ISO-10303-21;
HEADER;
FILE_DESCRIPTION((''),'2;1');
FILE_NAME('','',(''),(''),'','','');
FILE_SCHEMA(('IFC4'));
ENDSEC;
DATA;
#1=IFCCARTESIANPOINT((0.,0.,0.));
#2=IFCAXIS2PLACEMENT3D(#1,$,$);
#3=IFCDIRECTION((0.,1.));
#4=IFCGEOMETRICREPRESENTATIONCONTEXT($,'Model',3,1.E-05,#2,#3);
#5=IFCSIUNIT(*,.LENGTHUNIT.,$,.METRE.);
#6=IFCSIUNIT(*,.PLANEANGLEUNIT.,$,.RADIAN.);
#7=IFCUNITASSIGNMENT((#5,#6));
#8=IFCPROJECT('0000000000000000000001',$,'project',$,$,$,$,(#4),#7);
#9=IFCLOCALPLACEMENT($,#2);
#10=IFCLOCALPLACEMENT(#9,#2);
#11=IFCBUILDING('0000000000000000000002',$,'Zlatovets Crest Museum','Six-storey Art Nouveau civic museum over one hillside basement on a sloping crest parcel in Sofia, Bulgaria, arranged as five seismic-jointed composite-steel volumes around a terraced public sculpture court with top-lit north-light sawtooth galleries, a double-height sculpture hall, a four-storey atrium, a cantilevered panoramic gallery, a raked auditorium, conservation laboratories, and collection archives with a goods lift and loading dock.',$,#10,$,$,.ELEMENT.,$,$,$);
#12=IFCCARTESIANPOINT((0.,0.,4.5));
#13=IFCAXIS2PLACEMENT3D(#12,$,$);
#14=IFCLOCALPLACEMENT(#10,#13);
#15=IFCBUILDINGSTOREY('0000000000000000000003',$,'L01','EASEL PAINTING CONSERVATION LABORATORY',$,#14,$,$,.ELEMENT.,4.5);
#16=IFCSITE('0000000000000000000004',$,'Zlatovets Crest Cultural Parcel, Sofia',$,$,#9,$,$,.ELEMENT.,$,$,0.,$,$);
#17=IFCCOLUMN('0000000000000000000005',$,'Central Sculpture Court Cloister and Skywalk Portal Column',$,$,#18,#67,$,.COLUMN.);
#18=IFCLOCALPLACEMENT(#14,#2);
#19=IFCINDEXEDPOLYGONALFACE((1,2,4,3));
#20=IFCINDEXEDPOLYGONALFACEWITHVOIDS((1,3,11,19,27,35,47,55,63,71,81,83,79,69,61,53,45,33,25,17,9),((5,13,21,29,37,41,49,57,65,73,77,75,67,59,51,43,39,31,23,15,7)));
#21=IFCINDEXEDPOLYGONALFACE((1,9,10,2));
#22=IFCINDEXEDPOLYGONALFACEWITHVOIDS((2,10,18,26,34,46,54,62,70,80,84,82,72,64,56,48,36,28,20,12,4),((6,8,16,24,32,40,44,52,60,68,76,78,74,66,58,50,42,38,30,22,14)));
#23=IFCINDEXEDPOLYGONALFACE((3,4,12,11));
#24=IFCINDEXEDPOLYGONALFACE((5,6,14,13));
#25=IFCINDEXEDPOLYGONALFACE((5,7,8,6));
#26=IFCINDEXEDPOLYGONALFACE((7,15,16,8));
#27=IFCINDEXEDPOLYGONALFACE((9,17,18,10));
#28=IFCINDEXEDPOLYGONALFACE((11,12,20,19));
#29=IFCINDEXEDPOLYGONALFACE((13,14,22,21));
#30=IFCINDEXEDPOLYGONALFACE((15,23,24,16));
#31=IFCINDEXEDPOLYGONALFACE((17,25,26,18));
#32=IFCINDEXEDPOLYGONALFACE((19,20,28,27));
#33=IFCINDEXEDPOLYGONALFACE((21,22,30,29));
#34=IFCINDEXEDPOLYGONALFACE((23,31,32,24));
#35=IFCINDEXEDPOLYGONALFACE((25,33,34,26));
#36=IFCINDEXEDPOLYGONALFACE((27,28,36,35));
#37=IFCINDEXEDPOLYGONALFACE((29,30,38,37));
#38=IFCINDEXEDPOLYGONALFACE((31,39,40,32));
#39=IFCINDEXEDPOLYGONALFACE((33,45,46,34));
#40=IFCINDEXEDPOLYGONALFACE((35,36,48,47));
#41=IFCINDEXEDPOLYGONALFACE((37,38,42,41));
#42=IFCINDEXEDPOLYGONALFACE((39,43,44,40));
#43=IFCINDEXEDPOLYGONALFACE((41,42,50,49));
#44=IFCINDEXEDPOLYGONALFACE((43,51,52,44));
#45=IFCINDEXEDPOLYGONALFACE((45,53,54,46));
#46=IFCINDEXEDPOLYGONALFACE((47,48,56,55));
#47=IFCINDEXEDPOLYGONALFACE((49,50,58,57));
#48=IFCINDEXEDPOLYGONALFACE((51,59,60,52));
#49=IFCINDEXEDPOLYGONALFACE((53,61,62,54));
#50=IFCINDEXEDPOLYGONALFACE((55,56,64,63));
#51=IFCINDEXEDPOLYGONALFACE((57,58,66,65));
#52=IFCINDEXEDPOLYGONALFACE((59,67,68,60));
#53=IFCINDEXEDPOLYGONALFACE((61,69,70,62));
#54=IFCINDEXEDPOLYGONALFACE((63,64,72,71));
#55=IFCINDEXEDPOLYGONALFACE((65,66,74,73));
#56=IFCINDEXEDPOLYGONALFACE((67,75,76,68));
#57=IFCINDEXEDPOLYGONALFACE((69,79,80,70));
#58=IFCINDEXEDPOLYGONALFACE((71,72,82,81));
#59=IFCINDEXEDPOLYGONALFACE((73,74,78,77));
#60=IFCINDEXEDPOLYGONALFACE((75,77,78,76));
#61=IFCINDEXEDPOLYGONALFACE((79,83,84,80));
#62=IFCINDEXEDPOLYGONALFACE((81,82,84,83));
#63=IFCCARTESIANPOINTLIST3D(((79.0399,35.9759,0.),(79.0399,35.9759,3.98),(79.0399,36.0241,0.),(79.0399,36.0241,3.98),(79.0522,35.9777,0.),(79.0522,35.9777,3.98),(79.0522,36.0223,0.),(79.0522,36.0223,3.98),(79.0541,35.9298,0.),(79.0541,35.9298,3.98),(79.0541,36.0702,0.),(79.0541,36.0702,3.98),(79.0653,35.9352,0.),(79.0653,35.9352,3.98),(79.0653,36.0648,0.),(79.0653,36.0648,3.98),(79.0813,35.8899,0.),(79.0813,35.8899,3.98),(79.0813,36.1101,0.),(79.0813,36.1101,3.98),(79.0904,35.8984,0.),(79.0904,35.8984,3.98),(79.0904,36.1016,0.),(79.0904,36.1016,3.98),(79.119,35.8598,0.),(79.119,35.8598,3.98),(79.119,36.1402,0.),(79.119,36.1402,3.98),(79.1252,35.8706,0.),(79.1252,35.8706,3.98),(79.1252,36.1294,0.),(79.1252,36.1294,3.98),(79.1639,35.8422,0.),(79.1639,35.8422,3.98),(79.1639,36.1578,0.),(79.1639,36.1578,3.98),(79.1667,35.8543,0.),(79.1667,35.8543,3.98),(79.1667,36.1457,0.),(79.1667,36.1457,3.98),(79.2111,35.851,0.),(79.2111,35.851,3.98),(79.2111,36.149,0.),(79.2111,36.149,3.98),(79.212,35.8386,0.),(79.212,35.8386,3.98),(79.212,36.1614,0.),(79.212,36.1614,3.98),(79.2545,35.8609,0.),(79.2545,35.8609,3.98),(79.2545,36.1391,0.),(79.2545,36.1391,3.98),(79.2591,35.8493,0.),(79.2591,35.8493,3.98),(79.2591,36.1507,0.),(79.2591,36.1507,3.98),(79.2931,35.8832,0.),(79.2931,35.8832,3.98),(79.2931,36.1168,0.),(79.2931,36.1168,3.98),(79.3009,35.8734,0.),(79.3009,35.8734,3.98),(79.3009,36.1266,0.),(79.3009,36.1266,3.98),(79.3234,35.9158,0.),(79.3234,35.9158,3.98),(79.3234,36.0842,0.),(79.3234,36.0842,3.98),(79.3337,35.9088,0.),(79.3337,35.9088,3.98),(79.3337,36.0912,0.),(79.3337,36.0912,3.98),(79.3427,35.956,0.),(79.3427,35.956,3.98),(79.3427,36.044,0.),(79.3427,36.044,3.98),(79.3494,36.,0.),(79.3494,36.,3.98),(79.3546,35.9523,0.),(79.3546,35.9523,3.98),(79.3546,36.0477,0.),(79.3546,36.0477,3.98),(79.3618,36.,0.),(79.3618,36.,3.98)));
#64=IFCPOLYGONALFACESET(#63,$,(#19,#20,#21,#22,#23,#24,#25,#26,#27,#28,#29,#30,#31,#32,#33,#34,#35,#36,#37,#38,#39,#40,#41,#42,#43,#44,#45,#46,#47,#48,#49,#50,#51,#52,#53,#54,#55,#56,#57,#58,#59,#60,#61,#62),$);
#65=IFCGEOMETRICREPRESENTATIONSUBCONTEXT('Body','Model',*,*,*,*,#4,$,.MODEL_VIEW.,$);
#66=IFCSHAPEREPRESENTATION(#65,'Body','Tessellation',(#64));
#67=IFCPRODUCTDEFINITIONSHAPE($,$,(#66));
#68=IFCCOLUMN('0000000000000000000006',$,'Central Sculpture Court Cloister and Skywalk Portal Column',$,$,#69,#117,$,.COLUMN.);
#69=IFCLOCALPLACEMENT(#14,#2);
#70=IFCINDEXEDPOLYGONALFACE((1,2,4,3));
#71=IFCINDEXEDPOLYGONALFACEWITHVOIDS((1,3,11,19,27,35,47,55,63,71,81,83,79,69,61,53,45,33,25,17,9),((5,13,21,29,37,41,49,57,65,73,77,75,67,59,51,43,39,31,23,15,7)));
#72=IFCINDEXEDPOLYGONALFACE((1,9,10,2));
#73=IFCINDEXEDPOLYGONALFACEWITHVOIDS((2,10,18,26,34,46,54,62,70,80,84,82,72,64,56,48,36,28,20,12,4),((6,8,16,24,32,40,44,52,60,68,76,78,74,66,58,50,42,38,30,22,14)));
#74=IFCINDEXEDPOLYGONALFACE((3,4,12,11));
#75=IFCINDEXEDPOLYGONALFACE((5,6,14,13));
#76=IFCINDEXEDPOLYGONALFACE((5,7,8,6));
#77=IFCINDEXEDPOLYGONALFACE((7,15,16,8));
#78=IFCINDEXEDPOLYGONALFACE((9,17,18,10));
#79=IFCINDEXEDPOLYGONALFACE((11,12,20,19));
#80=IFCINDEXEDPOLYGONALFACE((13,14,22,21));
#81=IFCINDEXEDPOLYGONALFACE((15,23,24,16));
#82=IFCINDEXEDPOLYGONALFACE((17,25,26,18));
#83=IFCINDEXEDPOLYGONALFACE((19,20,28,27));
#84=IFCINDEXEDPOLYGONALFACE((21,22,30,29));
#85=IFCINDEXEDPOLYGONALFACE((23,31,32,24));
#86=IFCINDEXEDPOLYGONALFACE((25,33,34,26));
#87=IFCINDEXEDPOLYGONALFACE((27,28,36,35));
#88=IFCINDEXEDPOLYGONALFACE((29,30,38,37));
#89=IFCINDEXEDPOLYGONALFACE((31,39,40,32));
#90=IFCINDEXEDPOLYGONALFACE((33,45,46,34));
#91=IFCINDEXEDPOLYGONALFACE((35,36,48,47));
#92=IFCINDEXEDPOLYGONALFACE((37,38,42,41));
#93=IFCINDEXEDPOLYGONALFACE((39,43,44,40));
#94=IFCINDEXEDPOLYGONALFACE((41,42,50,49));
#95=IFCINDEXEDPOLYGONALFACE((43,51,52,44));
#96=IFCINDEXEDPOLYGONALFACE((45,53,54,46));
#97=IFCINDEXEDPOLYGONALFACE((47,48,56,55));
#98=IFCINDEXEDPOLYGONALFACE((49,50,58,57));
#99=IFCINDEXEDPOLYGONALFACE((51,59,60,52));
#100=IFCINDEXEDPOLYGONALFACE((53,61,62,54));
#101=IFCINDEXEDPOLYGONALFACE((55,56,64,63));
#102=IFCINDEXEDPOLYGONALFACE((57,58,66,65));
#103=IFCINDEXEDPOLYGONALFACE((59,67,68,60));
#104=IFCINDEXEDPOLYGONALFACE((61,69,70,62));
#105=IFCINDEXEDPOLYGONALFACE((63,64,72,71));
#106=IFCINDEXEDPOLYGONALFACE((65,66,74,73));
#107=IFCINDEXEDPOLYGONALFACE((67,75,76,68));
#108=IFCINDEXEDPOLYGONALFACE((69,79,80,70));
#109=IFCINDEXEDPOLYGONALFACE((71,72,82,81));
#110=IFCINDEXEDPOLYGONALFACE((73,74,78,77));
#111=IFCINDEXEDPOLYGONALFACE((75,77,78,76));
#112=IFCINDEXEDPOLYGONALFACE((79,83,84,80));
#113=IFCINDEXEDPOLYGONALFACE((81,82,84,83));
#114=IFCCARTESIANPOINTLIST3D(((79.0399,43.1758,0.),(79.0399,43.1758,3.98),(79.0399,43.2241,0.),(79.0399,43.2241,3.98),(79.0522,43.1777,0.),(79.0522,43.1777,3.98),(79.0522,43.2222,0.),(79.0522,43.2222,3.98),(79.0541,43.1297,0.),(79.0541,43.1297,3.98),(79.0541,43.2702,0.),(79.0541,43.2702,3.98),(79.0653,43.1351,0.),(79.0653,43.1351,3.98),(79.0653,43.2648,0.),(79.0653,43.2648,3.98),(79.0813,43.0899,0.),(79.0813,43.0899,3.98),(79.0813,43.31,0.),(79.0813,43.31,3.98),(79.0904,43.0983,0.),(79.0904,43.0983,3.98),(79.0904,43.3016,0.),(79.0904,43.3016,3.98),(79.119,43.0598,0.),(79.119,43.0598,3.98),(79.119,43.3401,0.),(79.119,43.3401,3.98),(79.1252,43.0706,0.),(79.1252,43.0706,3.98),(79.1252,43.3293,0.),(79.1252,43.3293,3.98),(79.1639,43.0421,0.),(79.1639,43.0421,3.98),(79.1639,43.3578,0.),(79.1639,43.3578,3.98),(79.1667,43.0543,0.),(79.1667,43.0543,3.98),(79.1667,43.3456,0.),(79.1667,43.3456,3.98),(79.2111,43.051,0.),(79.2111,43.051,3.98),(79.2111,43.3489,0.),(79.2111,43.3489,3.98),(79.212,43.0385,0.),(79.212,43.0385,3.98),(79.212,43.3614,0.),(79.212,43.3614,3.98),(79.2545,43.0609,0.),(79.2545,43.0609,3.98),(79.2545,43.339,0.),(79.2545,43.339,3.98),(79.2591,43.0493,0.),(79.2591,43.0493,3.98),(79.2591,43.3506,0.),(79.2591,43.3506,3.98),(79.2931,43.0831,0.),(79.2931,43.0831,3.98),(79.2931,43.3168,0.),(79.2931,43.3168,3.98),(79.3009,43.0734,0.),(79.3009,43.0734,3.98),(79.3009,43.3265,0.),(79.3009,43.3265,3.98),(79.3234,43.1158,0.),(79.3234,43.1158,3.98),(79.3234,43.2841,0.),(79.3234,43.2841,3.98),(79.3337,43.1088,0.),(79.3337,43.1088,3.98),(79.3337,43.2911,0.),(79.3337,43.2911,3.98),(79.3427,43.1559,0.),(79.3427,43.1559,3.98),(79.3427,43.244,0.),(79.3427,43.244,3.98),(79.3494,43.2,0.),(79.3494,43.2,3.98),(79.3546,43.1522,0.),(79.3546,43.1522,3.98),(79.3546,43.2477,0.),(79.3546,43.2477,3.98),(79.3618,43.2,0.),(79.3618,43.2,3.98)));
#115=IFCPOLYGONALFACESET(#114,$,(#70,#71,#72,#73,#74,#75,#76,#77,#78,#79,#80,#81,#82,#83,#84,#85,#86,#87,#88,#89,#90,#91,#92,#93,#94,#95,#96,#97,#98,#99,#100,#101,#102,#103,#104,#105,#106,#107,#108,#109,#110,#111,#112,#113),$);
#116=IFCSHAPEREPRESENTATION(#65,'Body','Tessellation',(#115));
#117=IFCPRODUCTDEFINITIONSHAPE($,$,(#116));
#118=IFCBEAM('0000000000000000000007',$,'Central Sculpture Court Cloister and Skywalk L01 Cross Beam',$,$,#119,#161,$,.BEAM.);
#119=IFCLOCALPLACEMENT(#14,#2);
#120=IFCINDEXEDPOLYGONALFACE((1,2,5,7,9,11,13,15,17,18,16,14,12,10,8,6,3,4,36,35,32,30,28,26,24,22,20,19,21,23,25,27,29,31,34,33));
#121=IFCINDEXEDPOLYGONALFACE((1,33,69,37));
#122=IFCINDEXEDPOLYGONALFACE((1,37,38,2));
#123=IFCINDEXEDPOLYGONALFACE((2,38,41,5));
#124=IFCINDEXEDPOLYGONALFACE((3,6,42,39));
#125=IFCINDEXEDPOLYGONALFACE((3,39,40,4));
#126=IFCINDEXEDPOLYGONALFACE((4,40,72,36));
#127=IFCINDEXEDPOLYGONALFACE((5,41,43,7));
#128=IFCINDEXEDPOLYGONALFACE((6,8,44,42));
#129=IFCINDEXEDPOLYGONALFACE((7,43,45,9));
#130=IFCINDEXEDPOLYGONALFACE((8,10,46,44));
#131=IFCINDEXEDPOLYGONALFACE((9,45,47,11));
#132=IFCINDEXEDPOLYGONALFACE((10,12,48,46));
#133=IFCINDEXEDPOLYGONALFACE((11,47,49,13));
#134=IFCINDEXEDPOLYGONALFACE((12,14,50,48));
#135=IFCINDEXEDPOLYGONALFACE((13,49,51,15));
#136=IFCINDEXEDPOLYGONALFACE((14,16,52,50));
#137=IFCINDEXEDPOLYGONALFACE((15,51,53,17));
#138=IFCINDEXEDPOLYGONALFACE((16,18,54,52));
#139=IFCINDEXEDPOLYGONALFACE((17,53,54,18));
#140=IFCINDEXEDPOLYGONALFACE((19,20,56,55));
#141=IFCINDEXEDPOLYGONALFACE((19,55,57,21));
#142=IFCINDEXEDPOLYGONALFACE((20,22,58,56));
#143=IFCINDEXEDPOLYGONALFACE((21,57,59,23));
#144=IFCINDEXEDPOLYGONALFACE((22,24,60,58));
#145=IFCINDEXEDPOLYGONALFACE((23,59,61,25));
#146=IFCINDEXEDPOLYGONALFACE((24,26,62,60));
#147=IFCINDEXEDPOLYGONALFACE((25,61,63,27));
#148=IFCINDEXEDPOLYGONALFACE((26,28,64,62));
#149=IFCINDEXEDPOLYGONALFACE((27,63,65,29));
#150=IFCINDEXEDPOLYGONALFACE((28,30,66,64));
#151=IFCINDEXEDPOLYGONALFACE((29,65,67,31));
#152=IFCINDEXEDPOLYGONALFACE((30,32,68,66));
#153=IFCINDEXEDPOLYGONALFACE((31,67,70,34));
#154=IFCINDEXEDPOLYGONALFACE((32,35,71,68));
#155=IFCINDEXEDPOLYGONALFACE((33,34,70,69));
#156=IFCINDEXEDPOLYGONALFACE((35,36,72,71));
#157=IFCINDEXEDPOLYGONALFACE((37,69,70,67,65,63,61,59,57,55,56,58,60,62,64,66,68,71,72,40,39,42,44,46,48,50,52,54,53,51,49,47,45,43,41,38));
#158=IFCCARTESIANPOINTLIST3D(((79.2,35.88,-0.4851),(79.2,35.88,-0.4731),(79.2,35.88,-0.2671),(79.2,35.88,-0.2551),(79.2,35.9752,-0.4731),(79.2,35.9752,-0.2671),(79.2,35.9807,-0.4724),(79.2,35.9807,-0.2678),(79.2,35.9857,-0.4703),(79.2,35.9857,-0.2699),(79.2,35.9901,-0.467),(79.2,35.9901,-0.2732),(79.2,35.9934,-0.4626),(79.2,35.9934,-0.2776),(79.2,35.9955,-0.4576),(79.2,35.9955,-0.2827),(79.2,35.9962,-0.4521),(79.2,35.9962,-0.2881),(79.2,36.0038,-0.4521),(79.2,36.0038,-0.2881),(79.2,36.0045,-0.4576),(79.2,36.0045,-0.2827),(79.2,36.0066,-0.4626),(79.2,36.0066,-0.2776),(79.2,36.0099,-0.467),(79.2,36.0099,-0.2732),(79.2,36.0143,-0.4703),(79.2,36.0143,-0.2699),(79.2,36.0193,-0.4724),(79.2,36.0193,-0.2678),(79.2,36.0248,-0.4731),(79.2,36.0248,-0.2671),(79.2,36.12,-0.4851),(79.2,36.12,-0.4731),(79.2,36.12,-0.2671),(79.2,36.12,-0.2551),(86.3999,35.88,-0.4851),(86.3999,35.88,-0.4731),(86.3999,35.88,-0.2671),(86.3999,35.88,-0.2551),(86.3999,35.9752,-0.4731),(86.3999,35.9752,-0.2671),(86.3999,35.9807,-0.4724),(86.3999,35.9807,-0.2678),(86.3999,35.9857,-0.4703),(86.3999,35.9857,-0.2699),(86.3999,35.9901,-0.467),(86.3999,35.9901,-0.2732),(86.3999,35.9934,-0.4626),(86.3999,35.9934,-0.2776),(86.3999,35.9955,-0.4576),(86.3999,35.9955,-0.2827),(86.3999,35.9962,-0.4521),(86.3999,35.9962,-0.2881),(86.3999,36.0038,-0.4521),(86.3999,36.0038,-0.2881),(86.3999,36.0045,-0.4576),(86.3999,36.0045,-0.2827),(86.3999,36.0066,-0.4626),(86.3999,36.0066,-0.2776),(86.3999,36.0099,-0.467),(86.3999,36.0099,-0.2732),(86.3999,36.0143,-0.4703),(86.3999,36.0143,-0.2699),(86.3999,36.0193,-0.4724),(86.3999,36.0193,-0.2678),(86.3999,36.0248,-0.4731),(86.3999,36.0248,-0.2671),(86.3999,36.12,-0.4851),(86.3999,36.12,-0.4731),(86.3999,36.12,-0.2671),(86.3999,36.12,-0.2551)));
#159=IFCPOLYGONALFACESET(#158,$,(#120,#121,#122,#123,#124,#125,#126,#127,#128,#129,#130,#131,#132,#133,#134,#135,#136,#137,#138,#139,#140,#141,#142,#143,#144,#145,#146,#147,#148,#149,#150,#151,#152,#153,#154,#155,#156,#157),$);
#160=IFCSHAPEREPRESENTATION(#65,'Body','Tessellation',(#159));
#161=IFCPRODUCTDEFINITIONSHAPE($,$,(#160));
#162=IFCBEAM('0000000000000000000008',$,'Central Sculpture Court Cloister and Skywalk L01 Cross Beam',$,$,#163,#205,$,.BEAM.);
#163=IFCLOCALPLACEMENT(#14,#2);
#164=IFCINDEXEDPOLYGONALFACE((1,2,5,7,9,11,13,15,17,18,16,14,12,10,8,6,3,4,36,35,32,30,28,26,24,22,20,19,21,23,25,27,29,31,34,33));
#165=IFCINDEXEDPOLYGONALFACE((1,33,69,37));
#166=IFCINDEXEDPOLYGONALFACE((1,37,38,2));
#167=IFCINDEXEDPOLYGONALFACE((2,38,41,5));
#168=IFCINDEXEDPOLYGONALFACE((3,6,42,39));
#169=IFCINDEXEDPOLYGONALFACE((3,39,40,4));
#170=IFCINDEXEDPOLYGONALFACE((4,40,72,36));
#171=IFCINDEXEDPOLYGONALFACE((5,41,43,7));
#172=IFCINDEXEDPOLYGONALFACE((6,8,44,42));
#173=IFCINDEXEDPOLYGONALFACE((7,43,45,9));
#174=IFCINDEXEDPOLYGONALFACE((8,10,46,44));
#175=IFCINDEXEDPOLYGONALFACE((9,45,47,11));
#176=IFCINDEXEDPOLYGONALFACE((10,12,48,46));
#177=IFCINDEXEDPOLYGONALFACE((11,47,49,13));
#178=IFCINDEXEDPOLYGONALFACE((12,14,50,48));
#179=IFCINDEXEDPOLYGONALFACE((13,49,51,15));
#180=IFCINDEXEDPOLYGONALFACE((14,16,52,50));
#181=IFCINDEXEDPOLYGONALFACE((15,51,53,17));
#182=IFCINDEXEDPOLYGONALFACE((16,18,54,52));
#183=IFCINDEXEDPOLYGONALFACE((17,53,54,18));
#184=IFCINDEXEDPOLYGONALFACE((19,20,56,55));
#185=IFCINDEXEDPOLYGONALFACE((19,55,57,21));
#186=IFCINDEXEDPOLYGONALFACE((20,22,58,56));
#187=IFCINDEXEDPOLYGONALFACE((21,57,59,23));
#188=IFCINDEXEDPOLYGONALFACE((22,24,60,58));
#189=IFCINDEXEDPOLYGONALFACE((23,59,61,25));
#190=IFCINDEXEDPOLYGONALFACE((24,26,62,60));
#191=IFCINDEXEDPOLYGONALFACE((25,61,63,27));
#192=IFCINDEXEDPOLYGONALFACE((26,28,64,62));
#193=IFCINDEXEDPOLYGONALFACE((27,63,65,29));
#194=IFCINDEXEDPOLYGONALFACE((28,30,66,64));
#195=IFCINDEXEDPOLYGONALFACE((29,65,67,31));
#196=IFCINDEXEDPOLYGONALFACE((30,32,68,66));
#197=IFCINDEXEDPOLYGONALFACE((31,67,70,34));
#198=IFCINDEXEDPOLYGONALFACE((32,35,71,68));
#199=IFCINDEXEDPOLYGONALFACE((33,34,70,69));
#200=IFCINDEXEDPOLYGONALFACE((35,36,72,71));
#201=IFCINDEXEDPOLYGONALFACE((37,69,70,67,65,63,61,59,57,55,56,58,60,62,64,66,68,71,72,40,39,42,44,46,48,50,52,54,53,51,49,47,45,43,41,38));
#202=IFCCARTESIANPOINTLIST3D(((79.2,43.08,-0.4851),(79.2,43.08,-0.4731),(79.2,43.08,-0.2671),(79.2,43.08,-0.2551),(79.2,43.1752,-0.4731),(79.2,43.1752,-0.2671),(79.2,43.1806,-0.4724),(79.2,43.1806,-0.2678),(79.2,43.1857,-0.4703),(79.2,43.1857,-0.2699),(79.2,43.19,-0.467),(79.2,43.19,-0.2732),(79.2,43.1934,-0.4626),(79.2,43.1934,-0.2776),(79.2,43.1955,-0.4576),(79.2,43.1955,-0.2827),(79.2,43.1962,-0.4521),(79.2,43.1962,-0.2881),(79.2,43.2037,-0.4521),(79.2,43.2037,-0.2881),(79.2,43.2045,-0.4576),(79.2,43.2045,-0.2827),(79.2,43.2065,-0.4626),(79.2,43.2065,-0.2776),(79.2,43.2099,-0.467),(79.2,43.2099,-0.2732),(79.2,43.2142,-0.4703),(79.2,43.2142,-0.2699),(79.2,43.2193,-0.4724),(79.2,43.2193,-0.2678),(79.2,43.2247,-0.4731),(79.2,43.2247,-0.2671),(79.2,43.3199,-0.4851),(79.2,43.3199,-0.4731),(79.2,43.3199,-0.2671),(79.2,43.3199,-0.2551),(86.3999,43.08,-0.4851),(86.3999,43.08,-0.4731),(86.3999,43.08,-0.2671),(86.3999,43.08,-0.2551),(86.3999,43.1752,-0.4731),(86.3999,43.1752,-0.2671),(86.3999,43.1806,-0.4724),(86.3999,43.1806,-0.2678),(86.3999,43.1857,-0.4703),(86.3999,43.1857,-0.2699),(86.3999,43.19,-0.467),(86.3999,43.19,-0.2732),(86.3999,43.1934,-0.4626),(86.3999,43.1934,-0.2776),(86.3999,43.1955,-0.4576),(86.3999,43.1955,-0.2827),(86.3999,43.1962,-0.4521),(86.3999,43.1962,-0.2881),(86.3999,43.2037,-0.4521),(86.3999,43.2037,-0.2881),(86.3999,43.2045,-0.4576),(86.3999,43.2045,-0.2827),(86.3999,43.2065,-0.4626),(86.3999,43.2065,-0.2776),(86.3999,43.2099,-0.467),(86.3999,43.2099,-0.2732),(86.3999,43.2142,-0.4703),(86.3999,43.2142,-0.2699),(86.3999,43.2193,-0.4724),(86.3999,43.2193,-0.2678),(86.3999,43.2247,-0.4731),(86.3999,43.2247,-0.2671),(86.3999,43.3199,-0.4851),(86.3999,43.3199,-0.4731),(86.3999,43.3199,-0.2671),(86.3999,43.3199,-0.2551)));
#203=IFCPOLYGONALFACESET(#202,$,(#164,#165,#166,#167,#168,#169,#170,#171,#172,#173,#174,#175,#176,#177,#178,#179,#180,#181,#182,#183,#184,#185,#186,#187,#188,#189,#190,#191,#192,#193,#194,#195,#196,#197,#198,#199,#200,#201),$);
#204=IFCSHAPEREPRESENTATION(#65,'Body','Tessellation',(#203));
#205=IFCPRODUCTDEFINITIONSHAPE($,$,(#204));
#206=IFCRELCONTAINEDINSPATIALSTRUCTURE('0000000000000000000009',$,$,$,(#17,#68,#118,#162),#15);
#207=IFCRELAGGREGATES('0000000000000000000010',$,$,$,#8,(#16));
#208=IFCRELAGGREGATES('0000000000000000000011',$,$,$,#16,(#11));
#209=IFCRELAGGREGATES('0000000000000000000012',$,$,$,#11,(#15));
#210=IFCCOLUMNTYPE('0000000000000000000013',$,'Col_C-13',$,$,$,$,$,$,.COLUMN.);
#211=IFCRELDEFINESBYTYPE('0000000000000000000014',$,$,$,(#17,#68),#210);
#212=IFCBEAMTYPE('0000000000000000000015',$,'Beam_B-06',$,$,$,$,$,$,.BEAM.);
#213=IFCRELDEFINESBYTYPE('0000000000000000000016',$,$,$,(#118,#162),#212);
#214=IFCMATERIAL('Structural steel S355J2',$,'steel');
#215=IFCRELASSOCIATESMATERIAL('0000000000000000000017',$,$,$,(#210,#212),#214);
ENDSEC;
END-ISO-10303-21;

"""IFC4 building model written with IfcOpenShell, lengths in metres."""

from ifc_helpers import new_model, si_unit, direction, frame, origin, origin_2d, place, context, subcontext, project, spatial, hollow_circle, i_section, extrude, material, material_profile, profile_set, type_object, element, save


model = new_model("IFC4")

# Units and contexts
model_context = context("Model", 3, precision=1e-05, world=origin(), true_north=direction((0.0, 1.0)))
body_context = subcontext(model_context, "Body", "Model", "MODEL_VIEW")
ifc_project = project(units=[si_unit("LENGTHUNIT", "METRE"), si_unit("PLANEANGLEUNIT", "RADIAN")], contexts=[model_context])

# Site, building, storey
site_placement = place(None, origin())
site = spatial("IfcSite", under=ifc_project, at=site_placement, Name="Zlatovets Crest Cultural Parcel, Sofia", CompositionType="ELEMENT", RefElevation=0.0)
building_placement = place(site_placement, origin())
building = spatial("IfcBuilding", under=site, at=building_placement, Name="Zlatovets Crest Museum", Description="Six-storey Art Nouveau civic museum over one hillside basement on a sloping crest parcel in Sofia, Bulgaria, arranged as five seismic-jointed composite-steel volumes around a terraced public sculpture court with top-lit north-light sawtooth galleries, a double-height sculpture hall, a four-storey atrium, a cantilevered panoramic gallery, a raked auditorium, conservation laboratories, and collection archives with a goods lift and loading dock.", CompositionType="ELEMENT")
storey_placement = place(building_placement, frame((0.0, 0.0, 4.5)))
storey = spatial("IfcBuildingStorey", under=building, at=storey_placement, Name="L01", Description="EASEL PAINTING CONSERVATION LABORATORY", CompositionType="ELEMENT", Elevation=4.5)

# Columns
ifc_material_1 = material(Name="Structural steel S355J2", Category="steel")
ifc_material_profile_1 = material_profile(ifc_material_1, hollow_circle(Radius=0.1619, WallThickness=0.0125, at=origin_2d()), Name="CHS 323.9x12.5")
ifc_profile_set_1 = profile_set([ifc_material_profile_1], Name="Structural steel S355J2")
column_type = type_object("IfcColumnType", Name="Col_C-13", PredefinedType="COLUMN", material=ifc_profile_set_1)
for number, where, z_axis, x_axis, name in (
    (1, (79.2, 36.0, 0.0), (0.0, 0.0, 1.0), (1.0, 0.0, 0.0), "Central Sculpture Court Cloister and Skywalk Portal Column"),
    (2, (79.2, 43.2, 0.0), (0.0, 0.0, 1.0), (1.0, 0.0, 0.0), "Central Sculpture Court Cloister and Skywalk Portal Column"),
):
    element("IfcColumn", number, at=place(storey_placement, frame(where, z_axis=z_axis, x_axis=x_axis)), inside=storey, type_object=column_type, Name=name, PredefinedType="COLUMN", context=body_context, shape_type="SweptSolid", body=[
        extrude(hollow_circle(Radius=0.1619, WallThickness=0.0125, at=origin_2d()), origin(), (0.0, 0.0, 1.0), 3.98),
    ])

# Beams
ifc_material_profile_2 = material_profile(ifc_material_1, i_section(OverallWidth=0.24, OverallDepth=0.23, WebThickness=0.0076, FlangeThickness=0.012, FilletRadius=0.021, at=origin_2d()), Name="HEA 240")
ifc_profile_set_2 = profile_set([ifc_material_profile_2], Name="Structural steel S355J2")
beam_type_1 = type_object("IfcBeamType", Name="Beam_B-06", PredefinedType="BEAM", material=ifc_profile_set_2)
for number, where, z_axis, x_axis, name in (
    (3, (79.2, 36.0, -0.3701), (1.0, 0.0, 0.0), (0.0, 1.0, 0.0), "Central Sculpture Court Cloister and Skywalk L01 Cross Beam"),
    (4, (79.2, 43.2, -0.3701), (1.0, 0.0, 0.0), (0.0, 1.0, 0.0), "Central Sculpture Court Cloister and Skywalk L01 Cross Beam"),
):
    element("IfcBeam", number, at=place(storey_placement, frame(where, z_axis=z_axis, x_axis=x_axis)), inside=storey, type_object=beam_type_1, Name=name, PredefinedType="BEAM", context=body_context, shape_type="SweptSolid", body=[
        extrude(i_section(OverallWidth=0.24, OverallDepth=0.23, WebThickness=0.0076, FlangeThickness=0.012, FilletRadius=0.021, at=origin_2d()), origin(), (0.0, 0.0, 1.0), 7.2),
    ])

save(model, "model.ifc")
